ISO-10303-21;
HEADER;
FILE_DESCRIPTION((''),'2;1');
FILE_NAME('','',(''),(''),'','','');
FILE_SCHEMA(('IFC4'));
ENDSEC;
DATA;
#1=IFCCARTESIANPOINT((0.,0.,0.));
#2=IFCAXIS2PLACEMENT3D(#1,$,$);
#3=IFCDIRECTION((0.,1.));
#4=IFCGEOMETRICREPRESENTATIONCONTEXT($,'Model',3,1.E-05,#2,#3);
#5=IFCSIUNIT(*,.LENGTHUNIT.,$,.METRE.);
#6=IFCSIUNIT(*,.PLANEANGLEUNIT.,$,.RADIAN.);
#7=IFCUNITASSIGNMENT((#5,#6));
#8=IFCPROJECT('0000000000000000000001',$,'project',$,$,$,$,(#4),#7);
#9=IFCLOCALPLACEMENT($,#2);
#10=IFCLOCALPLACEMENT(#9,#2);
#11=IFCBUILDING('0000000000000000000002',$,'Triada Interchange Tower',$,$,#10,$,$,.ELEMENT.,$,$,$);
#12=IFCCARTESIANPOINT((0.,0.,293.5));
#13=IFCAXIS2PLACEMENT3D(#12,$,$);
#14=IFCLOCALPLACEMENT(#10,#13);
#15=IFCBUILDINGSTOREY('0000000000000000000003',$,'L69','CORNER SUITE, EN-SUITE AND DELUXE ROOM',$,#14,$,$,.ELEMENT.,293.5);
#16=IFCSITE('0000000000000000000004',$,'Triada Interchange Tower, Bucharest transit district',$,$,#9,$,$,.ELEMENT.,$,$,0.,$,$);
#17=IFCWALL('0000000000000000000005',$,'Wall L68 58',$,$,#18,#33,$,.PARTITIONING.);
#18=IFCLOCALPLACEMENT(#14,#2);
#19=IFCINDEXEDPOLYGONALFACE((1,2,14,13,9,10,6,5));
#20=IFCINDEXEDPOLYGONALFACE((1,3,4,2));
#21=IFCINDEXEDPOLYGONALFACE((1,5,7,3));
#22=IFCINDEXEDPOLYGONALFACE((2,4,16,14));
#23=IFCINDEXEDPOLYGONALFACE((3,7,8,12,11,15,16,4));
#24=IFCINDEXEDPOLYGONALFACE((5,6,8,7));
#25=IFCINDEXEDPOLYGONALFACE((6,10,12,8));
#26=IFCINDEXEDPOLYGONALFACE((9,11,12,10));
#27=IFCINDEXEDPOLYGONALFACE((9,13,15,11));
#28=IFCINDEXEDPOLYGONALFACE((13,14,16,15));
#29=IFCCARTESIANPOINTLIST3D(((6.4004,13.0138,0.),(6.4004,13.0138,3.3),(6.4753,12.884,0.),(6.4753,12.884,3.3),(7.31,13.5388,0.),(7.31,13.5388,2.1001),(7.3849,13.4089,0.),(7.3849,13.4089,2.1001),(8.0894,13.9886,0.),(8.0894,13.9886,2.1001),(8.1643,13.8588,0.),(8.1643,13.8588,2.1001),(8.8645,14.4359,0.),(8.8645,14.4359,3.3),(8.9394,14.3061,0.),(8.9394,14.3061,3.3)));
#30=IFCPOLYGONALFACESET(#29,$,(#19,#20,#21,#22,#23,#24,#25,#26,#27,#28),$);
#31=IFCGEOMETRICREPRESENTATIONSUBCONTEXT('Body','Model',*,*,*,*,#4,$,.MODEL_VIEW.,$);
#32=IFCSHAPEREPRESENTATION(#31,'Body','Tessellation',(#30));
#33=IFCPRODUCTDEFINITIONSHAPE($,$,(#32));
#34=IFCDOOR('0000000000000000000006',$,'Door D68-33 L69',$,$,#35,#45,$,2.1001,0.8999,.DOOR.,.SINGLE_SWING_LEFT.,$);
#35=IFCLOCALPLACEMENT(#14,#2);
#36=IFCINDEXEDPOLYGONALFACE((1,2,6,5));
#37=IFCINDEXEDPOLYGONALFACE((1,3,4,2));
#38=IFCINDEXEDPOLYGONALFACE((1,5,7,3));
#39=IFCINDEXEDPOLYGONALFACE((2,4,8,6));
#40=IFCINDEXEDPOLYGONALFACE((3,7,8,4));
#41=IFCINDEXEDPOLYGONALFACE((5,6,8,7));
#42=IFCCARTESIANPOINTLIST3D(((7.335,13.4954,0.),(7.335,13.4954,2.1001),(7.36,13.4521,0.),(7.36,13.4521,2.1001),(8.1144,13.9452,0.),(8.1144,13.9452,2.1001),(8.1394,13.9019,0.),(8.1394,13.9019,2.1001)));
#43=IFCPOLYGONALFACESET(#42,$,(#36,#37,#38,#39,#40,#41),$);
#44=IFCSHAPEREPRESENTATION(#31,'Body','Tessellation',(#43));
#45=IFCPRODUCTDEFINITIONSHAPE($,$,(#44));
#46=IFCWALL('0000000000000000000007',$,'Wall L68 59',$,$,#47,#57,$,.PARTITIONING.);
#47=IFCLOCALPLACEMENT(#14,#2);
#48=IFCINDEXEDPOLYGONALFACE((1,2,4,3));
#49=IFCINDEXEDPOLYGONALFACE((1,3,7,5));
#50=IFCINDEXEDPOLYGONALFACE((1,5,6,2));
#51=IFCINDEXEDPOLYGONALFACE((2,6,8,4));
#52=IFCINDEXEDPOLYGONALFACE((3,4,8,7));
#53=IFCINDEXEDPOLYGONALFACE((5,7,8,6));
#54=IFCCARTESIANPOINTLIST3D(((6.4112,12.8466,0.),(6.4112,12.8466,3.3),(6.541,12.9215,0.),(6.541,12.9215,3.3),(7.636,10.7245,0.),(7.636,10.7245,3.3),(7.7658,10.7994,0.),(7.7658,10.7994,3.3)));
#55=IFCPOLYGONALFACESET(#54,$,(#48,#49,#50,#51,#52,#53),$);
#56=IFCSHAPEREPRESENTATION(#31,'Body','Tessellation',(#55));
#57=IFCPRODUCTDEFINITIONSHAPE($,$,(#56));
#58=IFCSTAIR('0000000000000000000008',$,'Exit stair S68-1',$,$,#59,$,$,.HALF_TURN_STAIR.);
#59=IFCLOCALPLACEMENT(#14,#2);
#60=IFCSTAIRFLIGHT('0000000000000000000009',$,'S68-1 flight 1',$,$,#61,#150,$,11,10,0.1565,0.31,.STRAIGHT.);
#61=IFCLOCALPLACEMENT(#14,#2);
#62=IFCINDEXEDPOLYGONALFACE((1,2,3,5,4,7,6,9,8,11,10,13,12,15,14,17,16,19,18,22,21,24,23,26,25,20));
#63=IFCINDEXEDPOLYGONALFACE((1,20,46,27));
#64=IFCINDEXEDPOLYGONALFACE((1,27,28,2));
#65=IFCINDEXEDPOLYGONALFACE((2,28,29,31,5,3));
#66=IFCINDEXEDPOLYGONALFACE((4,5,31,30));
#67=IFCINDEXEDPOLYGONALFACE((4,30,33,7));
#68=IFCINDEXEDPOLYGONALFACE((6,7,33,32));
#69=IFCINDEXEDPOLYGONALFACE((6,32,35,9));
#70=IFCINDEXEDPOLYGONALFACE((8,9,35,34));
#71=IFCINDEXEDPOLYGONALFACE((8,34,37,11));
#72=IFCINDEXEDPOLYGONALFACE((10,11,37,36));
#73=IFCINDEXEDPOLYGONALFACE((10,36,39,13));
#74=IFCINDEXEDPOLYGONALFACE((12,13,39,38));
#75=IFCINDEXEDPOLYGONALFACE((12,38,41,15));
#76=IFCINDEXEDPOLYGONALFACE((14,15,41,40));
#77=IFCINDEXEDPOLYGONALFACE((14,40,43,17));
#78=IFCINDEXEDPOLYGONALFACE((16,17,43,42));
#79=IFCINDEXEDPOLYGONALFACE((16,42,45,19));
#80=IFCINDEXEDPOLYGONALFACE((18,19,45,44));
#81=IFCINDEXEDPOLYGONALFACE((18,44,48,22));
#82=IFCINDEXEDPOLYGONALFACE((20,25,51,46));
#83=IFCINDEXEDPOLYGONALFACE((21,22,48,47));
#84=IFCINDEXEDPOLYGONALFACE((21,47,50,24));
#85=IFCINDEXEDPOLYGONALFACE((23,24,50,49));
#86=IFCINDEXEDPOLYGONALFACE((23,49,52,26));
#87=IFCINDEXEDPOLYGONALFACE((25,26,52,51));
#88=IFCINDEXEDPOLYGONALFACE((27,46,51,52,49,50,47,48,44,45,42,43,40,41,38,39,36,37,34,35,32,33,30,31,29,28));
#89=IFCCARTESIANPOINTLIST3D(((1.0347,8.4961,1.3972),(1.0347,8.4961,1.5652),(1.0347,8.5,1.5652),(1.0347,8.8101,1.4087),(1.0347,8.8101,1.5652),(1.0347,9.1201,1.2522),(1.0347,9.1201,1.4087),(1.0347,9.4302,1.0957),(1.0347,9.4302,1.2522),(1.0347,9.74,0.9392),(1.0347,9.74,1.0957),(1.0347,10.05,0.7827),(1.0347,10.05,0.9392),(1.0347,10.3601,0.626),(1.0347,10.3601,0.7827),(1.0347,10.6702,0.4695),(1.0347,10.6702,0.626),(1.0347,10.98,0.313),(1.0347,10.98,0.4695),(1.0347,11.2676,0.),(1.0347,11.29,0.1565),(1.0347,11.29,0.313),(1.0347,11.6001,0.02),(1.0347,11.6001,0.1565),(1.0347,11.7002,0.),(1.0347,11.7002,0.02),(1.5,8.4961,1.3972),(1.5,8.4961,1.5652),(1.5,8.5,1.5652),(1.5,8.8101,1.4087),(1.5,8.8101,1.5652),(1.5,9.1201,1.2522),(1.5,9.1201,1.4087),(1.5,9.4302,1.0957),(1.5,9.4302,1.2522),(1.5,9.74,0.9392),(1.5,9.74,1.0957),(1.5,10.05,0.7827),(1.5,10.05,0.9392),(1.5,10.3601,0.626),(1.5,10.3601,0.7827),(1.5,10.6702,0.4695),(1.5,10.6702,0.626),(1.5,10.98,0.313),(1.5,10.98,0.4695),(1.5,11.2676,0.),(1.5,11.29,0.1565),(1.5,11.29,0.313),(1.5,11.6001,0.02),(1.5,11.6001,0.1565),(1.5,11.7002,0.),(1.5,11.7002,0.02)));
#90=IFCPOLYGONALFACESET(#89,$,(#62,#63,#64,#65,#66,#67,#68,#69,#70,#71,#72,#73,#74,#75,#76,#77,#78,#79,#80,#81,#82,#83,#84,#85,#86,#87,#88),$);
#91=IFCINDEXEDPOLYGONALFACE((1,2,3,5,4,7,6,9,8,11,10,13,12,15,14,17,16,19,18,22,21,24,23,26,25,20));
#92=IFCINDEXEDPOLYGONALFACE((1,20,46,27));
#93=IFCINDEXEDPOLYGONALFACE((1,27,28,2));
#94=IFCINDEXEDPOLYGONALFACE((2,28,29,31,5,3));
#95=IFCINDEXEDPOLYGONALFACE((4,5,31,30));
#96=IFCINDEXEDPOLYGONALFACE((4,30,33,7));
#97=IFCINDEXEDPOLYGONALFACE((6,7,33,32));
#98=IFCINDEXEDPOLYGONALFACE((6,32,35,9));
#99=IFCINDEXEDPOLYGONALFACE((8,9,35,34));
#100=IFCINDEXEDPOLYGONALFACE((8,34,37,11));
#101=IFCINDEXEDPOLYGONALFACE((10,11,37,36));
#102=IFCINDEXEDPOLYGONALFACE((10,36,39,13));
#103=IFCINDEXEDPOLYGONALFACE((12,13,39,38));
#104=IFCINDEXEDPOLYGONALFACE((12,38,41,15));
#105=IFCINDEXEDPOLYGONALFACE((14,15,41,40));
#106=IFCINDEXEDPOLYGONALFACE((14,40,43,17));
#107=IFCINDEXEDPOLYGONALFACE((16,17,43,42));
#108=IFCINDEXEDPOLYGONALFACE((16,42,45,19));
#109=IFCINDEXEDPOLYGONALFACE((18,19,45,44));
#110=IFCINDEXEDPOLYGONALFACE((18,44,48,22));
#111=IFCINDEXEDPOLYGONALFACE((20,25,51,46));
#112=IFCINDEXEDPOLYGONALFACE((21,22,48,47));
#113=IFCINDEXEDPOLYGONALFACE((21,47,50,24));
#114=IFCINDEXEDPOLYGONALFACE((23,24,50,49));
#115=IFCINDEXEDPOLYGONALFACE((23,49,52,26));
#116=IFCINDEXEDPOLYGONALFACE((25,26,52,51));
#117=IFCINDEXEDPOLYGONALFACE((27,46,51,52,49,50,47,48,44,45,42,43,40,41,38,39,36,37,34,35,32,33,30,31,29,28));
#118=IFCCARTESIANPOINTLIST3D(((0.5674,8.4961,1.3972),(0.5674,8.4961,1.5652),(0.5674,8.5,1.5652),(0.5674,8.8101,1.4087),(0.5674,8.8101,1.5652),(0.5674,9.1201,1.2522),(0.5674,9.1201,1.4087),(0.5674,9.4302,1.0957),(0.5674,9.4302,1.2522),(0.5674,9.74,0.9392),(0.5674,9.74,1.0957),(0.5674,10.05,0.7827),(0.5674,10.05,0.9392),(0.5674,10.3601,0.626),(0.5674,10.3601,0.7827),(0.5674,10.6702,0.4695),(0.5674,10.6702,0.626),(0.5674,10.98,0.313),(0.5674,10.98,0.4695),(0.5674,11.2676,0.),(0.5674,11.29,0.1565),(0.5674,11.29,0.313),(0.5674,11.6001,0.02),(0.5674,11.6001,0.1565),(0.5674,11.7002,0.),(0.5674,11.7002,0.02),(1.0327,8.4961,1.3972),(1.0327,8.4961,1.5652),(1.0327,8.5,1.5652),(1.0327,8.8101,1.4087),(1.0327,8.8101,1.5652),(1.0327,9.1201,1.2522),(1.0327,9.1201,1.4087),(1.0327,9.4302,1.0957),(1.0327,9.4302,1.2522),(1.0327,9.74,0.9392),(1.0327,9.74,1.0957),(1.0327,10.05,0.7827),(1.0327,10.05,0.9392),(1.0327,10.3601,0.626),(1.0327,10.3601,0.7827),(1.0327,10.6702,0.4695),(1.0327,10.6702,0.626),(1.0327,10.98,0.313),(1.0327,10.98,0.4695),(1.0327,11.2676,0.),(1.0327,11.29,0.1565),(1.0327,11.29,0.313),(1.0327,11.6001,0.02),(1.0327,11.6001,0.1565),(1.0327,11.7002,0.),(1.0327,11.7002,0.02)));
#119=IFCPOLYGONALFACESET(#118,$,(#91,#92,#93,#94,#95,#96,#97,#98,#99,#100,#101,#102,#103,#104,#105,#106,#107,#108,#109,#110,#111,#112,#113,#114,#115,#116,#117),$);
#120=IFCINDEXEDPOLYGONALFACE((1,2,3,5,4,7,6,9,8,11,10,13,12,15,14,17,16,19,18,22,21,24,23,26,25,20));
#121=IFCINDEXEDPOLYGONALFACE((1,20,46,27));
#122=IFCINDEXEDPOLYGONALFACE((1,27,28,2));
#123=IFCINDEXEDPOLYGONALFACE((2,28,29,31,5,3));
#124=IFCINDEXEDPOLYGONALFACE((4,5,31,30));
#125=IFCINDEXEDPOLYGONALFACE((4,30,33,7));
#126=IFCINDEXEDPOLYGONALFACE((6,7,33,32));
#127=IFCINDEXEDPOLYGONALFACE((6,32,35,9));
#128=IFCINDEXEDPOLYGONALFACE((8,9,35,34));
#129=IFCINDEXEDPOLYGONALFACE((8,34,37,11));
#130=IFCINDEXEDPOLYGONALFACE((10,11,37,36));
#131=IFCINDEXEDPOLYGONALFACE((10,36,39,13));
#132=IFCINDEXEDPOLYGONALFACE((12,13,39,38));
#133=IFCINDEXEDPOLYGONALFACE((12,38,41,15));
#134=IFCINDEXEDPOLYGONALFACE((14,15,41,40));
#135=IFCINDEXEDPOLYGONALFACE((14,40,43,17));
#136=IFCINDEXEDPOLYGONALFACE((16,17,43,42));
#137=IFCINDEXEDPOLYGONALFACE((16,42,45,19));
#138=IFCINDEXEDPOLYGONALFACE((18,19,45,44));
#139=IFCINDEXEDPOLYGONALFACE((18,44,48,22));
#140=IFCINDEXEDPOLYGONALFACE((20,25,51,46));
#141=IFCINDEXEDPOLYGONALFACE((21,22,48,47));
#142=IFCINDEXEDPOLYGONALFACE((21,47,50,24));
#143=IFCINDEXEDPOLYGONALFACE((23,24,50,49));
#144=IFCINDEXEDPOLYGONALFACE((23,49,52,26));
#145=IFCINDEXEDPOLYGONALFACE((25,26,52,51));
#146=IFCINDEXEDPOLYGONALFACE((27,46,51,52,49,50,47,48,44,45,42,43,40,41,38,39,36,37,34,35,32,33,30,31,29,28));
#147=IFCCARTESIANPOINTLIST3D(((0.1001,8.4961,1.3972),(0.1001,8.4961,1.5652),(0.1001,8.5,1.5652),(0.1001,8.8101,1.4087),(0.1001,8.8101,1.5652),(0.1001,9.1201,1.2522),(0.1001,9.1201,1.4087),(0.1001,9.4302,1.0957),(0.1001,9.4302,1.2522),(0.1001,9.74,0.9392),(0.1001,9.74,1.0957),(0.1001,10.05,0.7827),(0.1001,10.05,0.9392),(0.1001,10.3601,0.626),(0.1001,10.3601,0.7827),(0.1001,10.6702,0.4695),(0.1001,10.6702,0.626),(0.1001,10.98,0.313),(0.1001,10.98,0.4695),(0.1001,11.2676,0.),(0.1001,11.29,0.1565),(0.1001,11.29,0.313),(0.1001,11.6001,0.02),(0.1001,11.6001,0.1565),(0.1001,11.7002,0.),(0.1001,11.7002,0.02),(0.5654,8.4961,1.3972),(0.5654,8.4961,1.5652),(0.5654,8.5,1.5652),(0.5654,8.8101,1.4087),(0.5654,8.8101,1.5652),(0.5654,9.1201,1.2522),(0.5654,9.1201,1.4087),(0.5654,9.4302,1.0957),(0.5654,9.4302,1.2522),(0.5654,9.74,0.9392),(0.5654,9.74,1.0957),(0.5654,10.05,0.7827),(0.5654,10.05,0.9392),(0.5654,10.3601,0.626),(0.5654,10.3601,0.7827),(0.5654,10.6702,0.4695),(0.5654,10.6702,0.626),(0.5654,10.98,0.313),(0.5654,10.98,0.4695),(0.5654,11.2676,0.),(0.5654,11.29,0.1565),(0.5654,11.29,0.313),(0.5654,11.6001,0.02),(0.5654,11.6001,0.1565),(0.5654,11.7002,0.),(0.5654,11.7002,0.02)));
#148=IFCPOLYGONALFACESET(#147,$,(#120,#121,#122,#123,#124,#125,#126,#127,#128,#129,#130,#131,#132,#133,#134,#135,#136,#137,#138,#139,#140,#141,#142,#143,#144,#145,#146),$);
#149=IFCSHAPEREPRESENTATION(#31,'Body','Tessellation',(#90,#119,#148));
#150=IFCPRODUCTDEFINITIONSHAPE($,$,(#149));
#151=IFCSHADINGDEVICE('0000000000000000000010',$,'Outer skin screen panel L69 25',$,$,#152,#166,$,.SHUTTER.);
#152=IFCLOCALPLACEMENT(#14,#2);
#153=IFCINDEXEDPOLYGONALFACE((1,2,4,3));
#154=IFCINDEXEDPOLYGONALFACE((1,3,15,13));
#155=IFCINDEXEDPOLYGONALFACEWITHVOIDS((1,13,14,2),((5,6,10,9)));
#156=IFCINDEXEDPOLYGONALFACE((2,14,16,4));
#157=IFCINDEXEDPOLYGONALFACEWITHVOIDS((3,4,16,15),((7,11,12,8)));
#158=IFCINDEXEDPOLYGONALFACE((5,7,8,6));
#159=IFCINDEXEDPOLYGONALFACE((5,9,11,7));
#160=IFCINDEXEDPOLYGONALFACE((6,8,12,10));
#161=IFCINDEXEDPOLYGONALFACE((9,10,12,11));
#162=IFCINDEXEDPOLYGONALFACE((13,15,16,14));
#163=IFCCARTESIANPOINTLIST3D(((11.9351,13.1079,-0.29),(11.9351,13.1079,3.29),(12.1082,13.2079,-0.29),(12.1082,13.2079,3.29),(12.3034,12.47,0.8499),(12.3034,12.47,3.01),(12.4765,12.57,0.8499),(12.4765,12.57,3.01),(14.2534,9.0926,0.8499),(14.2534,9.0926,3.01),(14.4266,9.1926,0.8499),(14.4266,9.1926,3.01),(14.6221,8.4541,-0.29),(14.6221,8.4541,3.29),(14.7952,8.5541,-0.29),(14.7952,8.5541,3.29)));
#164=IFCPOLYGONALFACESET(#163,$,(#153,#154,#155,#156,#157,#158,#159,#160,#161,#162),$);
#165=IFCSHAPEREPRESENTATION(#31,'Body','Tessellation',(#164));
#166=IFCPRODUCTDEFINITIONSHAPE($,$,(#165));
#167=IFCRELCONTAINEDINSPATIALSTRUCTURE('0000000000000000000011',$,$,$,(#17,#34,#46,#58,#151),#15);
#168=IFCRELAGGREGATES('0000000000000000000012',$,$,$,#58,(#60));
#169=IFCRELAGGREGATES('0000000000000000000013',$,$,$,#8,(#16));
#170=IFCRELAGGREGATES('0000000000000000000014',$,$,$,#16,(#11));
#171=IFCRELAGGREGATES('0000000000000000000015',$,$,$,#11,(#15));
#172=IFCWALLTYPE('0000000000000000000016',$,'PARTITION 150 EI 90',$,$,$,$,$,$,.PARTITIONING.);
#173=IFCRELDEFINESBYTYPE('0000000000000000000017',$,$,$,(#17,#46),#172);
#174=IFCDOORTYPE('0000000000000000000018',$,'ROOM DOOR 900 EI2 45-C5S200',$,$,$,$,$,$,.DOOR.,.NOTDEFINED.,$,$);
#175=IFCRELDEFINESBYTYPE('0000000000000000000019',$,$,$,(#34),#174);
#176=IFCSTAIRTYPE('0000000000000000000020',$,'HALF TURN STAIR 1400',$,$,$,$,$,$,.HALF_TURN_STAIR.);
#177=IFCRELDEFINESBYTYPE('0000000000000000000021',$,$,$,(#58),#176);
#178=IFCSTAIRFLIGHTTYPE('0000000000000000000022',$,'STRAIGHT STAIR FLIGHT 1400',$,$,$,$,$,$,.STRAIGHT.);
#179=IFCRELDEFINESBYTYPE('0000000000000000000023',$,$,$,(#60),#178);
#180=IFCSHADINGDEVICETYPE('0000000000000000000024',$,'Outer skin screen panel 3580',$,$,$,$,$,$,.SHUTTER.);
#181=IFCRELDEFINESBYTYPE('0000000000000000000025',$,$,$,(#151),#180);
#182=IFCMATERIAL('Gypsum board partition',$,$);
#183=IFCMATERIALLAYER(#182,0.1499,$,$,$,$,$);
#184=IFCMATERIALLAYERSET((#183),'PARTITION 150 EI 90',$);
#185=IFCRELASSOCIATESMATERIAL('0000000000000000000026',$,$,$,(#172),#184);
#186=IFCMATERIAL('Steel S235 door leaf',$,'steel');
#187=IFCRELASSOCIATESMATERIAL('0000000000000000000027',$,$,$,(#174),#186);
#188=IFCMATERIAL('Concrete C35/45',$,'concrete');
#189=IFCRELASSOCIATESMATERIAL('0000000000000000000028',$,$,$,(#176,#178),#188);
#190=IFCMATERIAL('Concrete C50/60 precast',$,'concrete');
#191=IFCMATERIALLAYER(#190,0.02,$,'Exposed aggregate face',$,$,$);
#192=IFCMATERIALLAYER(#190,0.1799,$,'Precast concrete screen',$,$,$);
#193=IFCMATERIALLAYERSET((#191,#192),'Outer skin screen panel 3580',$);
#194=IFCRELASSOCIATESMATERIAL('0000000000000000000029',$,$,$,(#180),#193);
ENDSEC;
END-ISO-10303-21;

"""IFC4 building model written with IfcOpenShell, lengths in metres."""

from ifc_helpers import new_model, si_unit, direction, frame, frame_2d, origin, place, context, subcontext, project, spatial, polyline, rectangle, outline, extrude, material, layer, layer_set, type_object, element, fill, aggregate, save


model = new_model("IFC4")

# Units and contexts
model_context = context("Model", 3, precision=1e-05, world=origin(), true_north=direction((0.0, 1.0)))
body_context = subcontext(model_context, "Body", "Model", "MODEL_VIEW")
ifc_project = project(units=[si_unit("LENGTHUNIT", "METRE"), si_unit("PLANEANGLEUNIT", "RADIAN")], contexts=[model_context])

# Site, building, storey
site_placement = place(None, origin())
site = spatial("IfcSite", under=ifc_project, at=site_placement, Name="Triada Interchange Tower, Bucharest transit district", CompositionType="ELEMENT", RefElevation=0.0)
building_placement = place(site_placement, origin())
building = spatial("IfcBuilding", under=site, at=building_placement, Name="Triada Interchange Tower", CompositionType="ELEMENT")
storey_placement = place(building_placement, frame((0.0, 0.0, 293.5)))
storey = spatial("IfcBuildingStorey", under=building, at=storey_placement, Name="L69", Description="CORNER SUITE, EN-SUITE AND DELUXE ROOM", CompositionType="ELEMENT", Elevation=293.5)

# Shared definitions
ifc_material_1 = material(Name="Steel S235 door leaf", Category="steel")

# Shared definitions
ifc_material_2 = material(Name="Gypsum board partition")
ifc_layer_1 = layer(ifc_material_2, 0.1499)
ifc_layer_set_1 = layer_set([ifc_layer_1], Name="PARTITION 150 EI 90")
wall_type_1 = type_object("IfcWallType", Name="PARTITION 150 EI 90", PredefinedType="PARTITIONING", material=ifc_layer_set_1)

# Wall, opening, door
wall_1_placement = place(storey_placement, frame((6.438, 12.949, 0.0), z_axis=(0.0, 0.0, 1.0), x_axis=(0.866107, 0.499859, 0.0)))
wall_1 = element("IfcWall", 1, at=wall_1_placement, inside=storey, type_object=wall_type_1, Name="Wall L68 58", PredefinedType="PARTITIONING", context=body_context, shape_type="SweptSolid", body=[
    extrude(rectangle(XDim=2.845, YDim=0.1499, at=frame_2d((1.4224, 0.0))), origin(), (0.0, 0.0, 1.0), 3.3),
])
opening_1_placement = place(wall_1_placement, frame((1.05, 0.0, 0.0)))
opening_1 = element("IfcOpeningElement", 2, at=opening_1_placement, cuts=wall_1, PredefinedType="OPENING", context=body_context, shape_type="SweptSolid", body=[
    extrude(rectangle(XDim=0.8999, YDim=2.1001, at=frame_2d((0.45, 1.05))), frame((0.0, 0.085, 0.0), z_axis=(0.0, -1.0, 0.0), x_axis=(1.0, 0.0, 0.0)), (0.0, 0.0, 1.0), 0.1699),
])
door_type_1 = type_object("IfcDoorType", Name="ROOM DOOR 900 EI2 45-C5S200", OperationType="NOTDEFINED", PredefinedType="DOOR", material=ifc_material_1)
door_1_placement = place(opening_1_placement, origin())
door_1 = element("IfcDoor", 3, at=door_1_placement, inside=storey, type_object=door_type_1, Name="Door D68-33 L69", OperationType="SINGLE_SWING_LEFT", OverallHeight=2.1001, OverallWidth=0.8999, PredefinedType="DOOR", context=body_context, shape_type="SweptSolid", body=[
    extrude(rectangle(XDim=0.8999, YDim=2.1001, at=frame_2d((0.45, 1.05))), frame((0.0, 0.0249, 0.0), z_axis=(0.0, -1.0, 0.0), x_axis=(1.0, 0.0, 0.0)), (0.0, 0.0, 1.0), 0.05),
])
fill(opening_1, door_1)

# Wall
wall_2_placement = place(storey_placement, frame((6.4761, 12.884, 0.0), z_axis=(0.0, 0.0, 1.0), x_axis=(0.499901, -0.866083, 0.0)))
element("IfcWall", 4, at=wall_2_placement, inside=storey, type_object=wall_type_1, Name="Wall L68 59", PredefinedType="PARTITIONING", context=body_context, shape_type="SweptSolid", body=[
    extrude(rectangle(XDim=2.4502, YDim=0.1499, at=frame_2d((1.2251, 0.0))), origin(), (0.0, 0.0, 1.0), 3.3),
])

# Stair, stair flight
ifc_material_3 = material(Name="Concrete C35/45", Category="concrete")
stair_type = type_object("IfcStairType", Name="HALF TURN STAIR 1400", PredefinedType="HALF_TURN_STAIR", material=ifc_material_3)
stair_placement = place(storey_placement, origin())
stair = element("IfcStair", 5, at=stair_placement, inside=storey, type_object=stair_type, Name="Exit stair S68-1", PredefinedType="HALF_TURN_STAIR")
stair_flight_type = type_object("IfcStairFlightType", Name="STRAIGHT STAIR FLIGHT 1400", PredefinedType="STRAIGHT", material=ifc_material_3)
stair_flight_placement = place(storey_placement, frame((0.8, 11.6001, 0.0), z_axis=(0.0, 0.0, 1.0), x_axis=(0.0, -1.0, 0.0)))
stair_flight = element("IfcStairFlight", 6, at=stair_flight_placement, type_object=stair_flight_type, Name="S68-1 flight 1", NumberOfRisers=11, NumberOfTreads=10, PredefinedType="STRAIGHT", RiserHeight=0.1565, TreadLength=0.31, context=body_context, shape_type="SweptSolid", body=[
    extrude(outline(polyline([(-0.1001, 0.0), (-0.1001, 0.02), (0.0, 0.02), (0.0, 0.1565), (0.3101, 0.1565), (0.3101, 0.313), (0.6201, 0.313), (0.6201, 0.4695), (0.9299, 0.4695), (0.9299, 0.626), (1.24, 0.626), (1.24, 0.7827), (1.55, 0.7827), (1.55, 0.9392), (1.8601, 0.9392), (1.8601, 1.0957), (2.1699, 1.0957), (2.1699, 1.2522), (2.48, 1.2522), (2.48, 1.4087), (2.79, 1.4087), (2.79, 1.5652), (3.1001, 1.5652), (3.104, 1.5652), (3.104, 1.7217), (3.104, 1.3972), (0.3325, 0.0), (-0.1001, 0.0)])), frame((0.0, 0.7, 0.0), z_axis=(0.0, -1.0, 0.0), x_axis=(1.0, 0.0, 0.0)), (0.0, 0.0, 1.0), 0.4653),
    extrude(outline(polyline([(-0.1001, 0.0), (-0.1001, 0.02), (0.0, 0.02), (0.0, 0.1565), (0.3101, 0.1565), (0.3101, 0.313), (0.6201, 0.313), (0.6201, 0.4695), (0.9299, 0.4695), (0.9299, 0.626), (1.24, 0.626), (1.24, 0.7827), (1.55, 0.7827), (1.55, 0.9392), (1.8601, 0.9392), (1.8601, 1.0957), (2.1699, 1.0957), (2.1699, 1.2522), (2.48, 1.2522), (2.48, 1.4087), (2.79, 1.4087), (2.79, 1.5652), (3.1001, 1.5652), (3.104, 1.5652), (3.104, 1.7217), (3.104, 1.3972), (0.3325, 0.0), (-0.1001, 0.0)])), frame((0.0, 0.2327, 0.0), z_axis=(0.0, -1.0, 0.0), x_axis=(1.0, 0.0, 0.0)), (0.0, 0.0, 1.0), 0.4653),
    extrude(outline(polyline([(-0.1001, 0.0), (-0.1001, 0.02), (0.0, 0.02), (0.0, 0.1565), (0.3101, 0.1565), (0.3101, 0.313), (0.6201, 0.313), (0.6201, 0.4695), (0.9299, 0.4695), (0.9299, 0.626), (1.24, 0.626), (1.24, 0.7827), (1.55, 0.7827), (1.55, 0.9392), (1.8601, 0.9392), (1.8601, 1.0957), (2.1699, 1.0957), (2.1699, 1.2522), (2.48, 1.2522), (2.48, 1.4087), (2.79, 1.4087), (2.79, 1.5652), (3.1001, 1.5652), (3.104, 1.5652), (3.104, 1.7217), (3.104, 1.3972), (0.3325, 0.0), (-0.1001, 0.0)])), frame((0.0, -0.2346, 0.0), z_axis=(0.0, -1.0, 0.0), x_axis=(1.0, 0.0, 0.0)), (0.0, 0.0, 1.0), 0.4653),
])

# Shading device
ifc_material_4 = material(Name="Concrete C50/60 precast", Category="concrete")
ifc_layer_2 = layer(ifc_material_4, 0.02, Name="Exposed aggregate face")
ifc_layer_3 = layer(ifc_material_4, 0.1799, Name="Precast concrete screen")
ifc_layer_set_2 = layer_set([ifc_layer_2, ifc_layer_3], Name="Outer skin screen panel 3580")
shading_device_type = type_object("IfcShadingDeviceType", Name="Outer skin screen panel 3580", PredefinedType="SHUTTER", material=ifc_layer_set_2)
shading_device_1_placement = place(storey_placement, frame((14.6221, 8.4541, -0.29), z_axis=(0.0, 0.0, 1.0), x_axis=(-0.500019, 0.866015, 0.0)))
element("IfcShadingDevice", 7, at=shading_device_1_placement, inside=storey, type_object=shading_device_type, Name="Outer skin screen panel L69 25", PredefinedType="SHUTTER", context=body_context, shape_type="SweptSolid", body=[
    extrude(outline(polyline([(0.0, 0.0), (5.3738, 0.0), (5.3738, 3.5801), (0.0, 3.5801), (0.0, 0.0)]), holes=[polyline([(0.7373, 1.1399), (0.7373, 3.3), (4.6372, 3.3), (4.6372, 1.1399), (0.7373, 1.1399)])]), frame((0.0, 0.0, 0.0), z_axis=(0.0, -1.0, 0.0), x_axis=(1.0, 0.0, 0.0)), (0.0, 0.0, 1.0), 0.2),
])

aggregate(stair, [stair_flight])

save(model, "model.ifc")
